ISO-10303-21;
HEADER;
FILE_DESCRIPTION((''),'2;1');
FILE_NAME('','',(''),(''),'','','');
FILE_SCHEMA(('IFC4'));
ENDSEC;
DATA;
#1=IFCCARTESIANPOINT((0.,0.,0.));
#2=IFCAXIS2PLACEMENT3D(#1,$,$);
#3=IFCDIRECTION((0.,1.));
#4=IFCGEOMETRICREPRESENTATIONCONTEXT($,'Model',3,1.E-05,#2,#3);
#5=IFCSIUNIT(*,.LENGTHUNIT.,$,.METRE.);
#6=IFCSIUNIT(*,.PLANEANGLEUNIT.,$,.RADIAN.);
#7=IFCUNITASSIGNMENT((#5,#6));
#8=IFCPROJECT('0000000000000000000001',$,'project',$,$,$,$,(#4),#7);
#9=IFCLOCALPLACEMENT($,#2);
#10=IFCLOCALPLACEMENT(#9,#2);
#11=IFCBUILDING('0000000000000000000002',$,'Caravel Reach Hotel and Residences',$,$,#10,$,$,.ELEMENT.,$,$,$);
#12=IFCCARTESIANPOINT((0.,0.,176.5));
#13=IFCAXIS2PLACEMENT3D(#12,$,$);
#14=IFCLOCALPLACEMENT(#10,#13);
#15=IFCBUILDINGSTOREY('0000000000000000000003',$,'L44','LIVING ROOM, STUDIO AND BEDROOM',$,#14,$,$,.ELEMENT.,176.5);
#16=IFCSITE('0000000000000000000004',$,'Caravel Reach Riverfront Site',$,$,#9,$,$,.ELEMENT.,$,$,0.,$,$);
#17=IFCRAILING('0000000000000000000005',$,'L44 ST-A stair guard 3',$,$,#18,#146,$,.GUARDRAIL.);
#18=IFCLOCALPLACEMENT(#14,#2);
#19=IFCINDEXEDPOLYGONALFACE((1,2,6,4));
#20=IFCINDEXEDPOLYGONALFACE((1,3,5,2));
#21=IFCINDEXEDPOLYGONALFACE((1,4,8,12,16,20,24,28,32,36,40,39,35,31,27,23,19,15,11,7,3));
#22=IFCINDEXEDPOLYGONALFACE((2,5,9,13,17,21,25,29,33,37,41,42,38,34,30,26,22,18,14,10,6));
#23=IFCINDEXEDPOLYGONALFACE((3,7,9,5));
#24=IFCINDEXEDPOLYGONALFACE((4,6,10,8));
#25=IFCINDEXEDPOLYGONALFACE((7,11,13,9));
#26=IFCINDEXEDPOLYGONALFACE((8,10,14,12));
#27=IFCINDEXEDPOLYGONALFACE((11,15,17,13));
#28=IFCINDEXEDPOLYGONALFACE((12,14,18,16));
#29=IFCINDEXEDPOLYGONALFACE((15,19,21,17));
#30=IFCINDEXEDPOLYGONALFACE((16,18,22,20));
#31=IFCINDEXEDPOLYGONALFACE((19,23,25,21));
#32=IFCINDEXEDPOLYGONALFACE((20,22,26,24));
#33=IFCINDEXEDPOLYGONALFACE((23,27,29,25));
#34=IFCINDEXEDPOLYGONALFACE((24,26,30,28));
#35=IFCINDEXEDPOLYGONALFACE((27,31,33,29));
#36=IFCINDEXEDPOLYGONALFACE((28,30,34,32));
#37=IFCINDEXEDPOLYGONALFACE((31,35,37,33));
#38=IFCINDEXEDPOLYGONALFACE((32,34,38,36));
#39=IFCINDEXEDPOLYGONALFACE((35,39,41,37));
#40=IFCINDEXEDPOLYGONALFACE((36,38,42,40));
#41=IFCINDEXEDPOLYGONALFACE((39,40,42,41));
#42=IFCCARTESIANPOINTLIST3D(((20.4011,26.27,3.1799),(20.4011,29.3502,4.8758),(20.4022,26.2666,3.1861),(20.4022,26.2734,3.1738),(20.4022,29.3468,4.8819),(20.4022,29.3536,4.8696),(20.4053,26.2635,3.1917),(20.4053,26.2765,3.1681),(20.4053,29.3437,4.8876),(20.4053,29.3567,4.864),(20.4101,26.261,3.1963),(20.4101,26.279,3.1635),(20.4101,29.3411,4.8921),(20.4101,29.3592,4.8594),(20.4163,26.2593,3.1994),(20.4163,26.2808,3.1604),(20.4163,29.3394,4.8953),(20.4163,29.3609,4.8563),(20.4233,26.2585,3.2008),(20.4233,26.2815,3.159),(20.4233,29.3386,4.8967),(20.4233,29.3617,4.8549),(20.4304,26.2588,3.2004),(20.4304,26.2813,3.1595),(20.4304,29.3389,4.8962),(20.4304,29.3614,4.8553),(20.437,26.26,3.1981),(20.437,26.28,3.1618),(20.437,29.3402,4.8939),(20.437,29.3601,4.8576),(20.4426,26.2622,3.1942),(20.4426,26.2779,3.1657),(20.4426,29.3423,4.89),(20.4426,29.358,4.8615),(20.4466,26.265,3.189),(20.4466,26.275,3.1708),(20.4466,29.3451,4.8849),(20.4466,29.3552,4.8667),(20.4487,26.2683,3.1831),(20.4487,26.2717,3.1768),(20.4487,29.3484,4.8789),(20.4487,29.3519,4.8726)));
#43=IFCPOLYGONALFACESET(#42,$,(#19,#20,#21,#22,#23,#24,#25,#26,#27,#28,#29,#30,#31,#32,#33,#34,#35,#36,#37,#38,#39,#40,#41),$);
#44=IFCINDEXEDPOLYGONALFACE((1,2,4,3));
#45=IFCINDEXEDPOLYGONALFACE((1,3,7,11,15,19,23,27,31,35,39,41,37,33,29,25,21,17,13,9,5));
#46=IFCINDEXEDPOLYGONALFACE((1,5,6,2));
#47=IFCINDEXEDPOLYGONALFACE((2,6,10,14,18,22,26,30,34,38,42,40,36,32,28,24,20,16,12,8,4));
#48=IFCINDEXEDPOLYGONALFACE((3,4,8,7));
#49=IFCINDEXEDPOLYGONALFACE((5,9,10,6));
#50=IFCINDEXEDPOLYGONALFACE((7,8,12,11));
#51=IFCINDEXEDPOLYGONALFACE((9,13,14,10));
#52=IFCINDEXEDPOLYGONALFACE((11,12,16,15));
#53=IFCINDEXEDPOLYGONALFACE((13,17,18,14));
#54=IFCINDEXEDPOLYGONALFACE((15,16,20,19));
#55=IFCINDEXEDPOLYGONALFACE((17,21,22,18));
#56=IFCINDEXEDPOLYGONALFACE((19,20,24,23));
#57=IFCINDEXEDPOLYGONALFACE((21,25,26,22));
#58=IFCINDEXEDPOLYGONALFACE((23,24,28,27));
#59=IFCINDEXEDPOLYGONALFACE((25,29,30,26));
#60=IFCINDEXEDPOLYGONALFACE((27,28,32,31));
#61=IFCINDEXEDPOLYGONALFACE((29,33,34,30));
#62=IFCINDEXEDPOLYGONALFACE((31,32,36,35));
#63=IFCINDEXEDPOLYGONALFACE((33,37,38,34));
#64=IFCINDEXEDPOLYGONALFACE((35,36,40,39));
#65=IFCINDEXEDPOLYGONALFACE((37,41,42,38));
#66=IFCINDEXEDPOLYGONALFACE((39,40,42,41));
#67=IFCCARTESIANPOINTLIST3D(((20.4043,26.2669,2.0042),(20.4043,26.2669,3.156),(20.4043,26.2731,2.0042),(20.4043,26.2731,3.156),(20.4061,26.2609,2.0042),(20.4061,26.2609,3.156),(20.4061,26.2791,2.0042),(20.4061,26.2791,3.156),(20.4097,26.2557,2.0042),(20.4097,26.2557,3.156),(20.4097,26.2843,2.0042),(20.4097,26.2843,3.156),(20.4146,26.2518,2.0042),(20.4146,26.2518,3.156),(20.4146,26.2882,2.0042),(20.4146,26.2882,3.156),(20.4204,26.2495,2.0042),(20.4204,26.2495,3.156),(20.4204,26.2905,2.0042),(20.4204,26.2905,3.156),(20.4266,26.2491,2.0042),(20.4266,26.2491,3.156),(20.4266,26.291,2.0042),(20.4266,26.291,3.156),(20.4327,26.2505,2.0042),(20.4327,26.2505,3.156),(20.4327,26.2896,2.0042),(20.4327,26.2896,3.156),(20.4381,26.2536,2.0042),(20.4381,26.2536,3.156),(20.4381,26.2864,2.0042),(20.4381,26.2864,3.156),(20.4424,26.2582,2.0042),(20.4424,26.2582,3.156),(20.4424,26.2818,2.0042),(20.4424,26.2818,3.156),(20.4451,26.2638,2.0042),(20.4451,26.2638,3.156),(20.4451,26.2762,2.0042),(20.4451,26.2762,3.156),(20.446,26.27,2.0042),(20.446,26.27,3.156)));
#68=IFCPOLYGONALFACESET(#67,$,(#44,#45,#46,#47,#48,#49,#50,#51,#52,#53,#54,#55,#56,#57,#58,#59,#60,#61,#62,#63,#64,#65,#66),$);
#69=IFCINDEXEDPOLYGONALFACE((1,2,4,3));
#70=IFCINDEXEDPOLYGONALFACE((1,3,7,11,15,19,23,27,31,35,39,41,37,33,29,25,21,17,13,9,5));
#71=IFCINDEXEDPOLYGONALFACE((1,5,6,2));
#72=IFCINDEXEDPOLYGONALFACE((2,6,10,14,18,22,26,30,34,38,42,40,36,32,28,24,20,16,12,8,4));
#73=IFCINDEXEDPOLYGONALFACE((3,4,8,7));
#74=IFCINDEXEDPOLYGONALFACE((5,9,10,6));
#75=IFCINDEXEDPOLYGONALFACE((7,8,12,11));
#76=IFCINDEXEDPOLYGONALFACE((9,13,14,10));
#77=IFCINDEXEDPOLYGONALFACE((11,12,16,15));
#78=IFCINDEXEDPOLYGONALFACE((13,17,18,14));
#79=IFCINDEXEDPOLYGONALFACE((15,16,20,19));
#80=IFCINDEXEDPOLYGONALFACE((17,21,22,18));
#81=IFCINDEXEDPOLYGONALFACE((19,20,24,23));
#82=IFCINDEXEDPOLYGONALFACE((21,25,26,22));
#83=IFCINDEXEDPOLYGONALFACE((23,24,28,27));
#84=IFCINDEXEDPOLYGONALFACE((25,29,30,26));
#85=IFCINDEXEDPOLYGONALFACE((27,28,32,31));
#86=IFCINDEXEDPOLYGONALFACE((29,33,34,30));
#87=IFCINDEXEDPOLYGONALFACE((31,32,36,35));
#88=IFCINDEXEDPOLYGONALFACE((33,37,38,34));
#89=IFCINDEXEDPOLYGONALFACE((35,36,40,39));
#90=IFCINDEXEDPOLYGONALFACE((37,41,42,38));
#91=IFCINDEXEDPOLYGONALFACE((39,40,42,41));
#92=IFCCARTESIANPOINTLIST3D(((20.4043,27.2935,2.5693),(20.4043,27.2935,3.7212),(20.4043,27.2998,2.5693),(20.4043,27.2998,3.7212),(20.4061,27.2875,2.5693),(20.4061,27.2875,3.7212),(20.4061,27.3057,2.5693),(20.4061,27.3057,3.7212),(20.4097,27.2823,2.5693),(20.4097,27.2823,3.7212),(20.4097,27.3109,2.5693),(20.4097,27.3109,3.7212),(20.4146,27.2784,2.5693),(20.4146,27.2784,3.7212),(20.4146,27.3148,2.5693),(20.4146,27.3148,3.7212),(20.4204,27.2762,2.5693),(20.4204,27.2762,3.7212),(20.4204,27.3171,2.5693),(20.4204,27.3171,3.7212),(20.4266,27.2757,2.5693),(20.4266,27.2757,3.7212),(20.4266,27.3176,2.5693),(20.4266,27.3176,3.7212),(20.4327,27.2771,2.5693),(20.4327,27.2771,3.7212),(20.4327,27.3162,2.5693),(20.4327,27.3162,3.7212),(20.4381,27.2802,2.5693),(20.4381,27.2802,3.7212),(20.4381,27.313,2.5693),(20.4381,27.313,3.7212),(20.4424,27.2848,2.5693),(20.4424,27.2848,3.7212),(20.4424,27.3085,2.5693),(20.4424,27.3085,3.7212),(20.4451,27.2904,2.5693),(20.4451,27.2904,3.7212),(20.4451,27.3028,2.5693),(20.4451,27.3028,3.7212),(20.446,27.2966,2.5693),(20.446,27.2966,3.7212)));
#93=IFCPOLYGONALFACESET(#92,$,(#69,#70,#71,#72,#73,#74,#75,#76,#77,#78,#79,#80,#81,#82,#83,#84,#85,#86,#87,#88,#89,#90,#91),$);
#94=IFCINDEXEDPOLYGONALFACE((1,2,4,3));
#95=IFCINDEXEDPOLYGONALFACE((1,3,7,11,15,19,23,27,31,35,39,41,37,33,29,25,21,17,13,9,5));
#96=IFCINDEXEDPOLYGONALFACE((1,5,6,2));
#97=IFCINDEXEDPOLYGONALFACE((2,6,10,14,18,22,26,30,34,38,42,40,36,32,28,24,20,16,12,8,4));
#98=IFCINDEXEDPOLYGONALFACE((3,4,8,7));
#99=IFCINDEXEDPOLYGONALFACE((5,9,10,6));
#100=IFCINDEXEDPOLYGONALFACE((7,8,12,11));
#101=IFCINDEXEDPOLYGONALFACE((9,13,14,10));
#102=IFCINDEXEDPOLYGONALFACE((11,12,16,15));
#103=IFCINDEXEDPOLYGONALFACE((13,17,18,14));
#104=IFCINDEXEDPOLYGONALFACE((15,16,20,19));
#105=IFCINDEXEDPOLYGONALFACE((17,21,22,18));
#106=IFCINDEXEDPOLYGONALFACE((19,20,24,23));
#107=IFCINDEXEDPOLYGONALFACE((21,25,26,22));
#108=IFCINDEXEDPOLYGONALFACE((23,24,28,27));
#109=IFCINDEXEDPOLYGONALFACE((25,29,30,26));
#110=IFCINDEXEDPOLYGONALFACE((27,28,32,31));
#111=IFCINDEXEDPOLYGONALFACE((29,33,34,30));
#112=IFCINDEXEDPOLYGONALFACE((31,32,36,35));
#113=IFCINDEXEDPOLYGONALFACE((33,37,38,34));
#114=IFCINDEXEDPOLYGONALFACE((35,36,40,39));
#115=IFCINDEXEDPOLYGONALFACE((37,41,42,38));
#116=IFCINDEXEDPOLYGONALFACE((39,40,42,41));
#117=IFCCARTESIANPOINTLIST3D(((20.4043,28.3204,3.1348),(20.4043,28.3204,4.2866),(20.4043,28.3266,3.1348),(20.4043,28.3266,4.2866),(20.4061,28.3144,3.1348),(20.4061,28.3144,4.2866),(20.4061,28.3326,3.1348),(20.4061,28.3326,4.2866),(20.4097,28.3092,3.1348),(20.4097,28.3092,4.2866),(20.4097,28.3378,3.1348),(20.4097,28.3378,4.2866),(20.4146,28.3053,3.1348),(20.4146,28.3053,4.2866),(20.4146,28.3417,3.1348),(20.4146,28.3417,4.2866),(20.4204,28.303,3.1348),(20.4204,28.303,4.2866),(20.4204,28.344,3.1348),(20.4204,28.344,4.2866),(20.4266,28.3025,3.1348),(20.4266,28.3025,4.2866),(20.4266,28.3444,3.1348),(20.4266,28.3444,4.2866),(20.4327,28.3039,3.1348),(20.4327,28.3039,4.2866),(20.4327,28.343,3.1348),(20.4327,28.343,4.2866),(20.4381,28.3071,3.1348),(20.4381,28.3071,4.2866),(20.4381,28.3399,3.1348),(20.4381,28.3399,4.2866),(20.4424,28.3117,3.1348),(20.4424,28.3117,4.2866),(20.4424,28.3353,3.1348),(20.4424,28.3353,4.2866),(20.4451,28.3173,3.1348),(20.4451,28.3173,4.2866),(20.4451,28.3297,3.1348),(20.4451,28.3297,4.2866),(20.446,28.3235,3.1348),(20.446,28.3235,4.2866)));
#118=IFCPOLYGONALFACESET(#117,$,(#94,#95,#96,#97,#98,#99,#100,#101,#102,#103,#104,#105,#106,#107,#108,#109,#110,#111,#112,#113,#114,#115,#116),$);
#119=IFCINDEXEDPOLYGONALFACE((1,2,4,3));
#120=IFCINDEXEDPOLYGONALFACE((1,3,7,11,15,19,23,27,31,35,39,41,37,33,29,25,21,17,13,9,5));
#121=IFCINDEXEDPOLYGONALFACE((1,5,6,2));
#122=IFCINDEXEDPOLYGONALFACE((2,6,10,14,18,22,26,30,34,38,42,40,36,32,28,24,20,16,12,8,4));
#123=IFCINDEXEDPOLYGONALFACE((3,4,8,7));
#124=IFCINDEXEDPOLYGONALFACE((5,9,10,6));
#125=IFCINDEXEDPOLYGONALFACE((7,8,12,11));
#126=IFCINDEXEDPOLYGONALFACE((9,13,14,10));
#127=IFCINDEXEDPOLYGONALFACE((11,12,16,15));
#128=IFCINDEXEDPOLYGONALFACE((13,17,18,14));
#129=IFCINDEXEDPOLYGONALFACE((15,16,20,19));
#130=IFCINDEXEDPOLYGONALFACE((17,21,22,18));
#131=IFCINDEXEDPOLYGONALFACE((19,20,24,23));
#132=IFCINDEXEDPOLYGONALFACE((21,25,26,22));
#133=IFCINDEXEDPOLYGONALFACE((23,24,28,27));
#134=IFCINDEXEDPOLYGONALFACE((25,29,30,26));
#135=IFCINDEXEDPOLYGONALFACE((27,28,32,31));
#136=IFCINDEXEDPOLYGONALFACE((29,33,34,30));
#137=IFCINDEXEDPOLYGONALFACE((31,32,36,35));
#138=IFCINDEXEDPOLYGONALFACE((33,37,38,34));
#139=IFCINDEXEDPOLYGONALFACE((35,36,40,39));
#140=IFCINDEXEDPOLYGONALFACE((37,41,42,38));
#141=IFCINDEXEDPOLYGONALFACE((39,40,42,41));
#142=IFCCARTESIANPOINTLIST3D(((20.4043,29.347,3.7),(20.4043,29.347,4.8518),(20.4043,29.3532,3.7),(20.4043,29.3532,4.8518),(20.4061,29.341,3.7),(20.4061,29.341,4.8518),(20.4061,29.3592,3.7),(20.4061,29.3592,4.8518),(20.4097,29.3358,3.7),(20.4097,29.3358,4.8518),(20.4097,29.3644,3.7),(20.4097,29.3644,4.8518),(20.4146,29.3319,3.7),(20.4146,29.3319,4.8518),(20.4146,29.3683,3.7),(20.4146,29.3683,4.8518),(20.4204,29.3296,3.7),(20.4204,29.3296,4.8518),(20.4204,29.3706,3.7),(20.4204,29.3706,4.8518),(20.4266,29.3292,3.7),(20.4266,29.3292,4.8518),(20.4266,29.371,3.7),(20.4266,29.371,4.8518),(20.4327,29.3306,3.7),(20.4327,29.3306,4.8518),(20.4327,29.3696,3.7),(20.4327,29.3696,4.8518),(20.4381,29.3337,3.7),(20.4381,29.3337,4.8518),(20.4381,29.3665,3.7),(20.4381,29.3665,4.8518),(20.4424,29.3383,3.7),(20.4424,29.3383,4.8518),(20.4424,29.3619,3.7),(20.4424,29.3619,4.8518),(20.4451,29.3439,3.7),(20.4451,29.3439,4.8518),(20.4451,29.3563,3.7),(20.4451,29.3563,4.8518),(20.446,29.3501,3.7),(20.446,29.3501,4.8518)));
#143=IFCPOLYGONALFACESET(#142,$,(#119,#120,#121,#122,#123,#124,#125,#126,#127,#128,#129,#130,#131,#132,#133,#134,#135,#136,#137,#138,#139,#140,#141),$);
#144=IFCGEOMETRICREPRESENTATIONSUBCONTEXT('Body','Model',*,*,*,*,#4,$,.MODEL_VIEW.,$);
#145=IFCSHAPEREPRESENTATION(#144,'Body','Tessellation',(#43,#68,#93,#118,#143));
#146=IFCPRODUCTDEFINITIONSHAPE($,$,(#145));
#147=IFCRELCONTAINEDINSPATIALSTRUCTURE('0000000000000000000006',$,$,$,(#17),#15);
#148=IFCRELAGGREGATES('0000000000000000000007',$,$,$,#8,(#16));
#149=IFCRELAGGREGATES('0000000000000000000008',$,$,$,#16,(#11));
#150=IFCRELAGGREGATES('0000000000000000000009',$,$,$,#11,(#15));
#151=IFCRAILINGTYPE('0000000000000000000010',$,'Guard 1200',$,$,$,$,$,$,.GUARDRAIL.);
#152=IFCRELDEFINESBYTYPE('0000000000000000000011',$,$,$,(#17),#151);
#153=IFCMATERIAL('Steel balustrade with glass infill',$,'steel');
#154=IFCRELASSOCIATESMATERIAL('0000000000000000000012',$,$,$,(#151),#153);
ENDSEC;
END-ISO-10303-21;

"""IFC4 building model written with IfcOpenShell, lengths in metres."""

from ifc_helpers import new_model, si_unit, direction, frame, origin, origin_2d, place, context, subcontext, project, spatial, circle, extrude, material, type_object, element, save


model = new_model("IFC4")

# Units and contexts
model_context = context("Model", 3, precision=1e-05, world=origin(), true_north=direction((0.0, 1.0)))
body_context = subcontext(model_context, "Body", "Model", "MODEL_VIEW")
ifc_project = project(units=[si_unit("LENGTHUNIT", "METRE"), si_unit("PLANEANGLEUNIT", "RADIAN")], contexts=[model_context])

# Site, building, storey
site_placement = place(None, origin())
site = spatial("IfcSite", under=ifc_project, at=site_placement, Name="Caravel Reach Riverfront Site", CompositionType="ELEMENT", RefElevation=0.0)
building_placement = place(site_placement, origin())
building = spatial("IfcBuilding", under=site, at=building_placement, Name="Caravel Reach Hotel and Residences", CompositionType="ELEMENT")
storey_placement = place(building_placement, frame((0.0, 0.0, 176.5)))
storey = spatial("IfcBuildingStorey", under=building, at=storey_placement, Name="L44", Description="LIVING ROOM, STUDIO AND BEDROOM", CompositionType="ELEMENT", Elevation=176.5)

# Railing
ifc_material_1 = material(Name="Steel balustrade with glass infill", Category="steel")
railing_type_1 = type_object("IfcRailingType", Name="Guard 1200", PredefinedType="GUARDRAIL", material=ifc_material_1)
railing_1_placement = place(storey_placement, frame((20.425, 26.27, 2.0042)))
element("IfcRailing", 1, at=railing_1_placement, inside=storey, type_object=railing_type_1, Name="L44 ST-A stair guard 3", PredefinedType="GUARDRAIL", context=body_context, shape_type="SweptSolid", body=[
    extrude(circle(Radius=0.0239, at=origin_2d()), frame((0.0, 0.0, 1.1758), z_axis=(0.0, 0.876005, 0.482303), x_axis=(-1.0, 0.0, 0.0)), (0.0, 0.0, 1.0), 3.5161),
    extrude(circle(Radius=0.021, at=origin_2d()), origin(), (0.0, 0.0, 1.0), 1.1519),
    extrude(circle(Radius=0.021, at=origin_2d()), frame((0.0, 1.0266, 0.5652)), (0.0, 0.0, 1.0), 1.1519),
    extrude(circle(Radius=0.021, at=origin_2d()), frame((0.0, 2.0535, 1.1306)), (0.0, 0.0, 1.0), 1.1519),
    extrude(circle(Radius=0.021, at=origin_2d()), frame((0.0, 3.0801, 1.6958)), (0.0, 0.0, 1.0), 1.1519),
])

save(model, "model.ifc")
